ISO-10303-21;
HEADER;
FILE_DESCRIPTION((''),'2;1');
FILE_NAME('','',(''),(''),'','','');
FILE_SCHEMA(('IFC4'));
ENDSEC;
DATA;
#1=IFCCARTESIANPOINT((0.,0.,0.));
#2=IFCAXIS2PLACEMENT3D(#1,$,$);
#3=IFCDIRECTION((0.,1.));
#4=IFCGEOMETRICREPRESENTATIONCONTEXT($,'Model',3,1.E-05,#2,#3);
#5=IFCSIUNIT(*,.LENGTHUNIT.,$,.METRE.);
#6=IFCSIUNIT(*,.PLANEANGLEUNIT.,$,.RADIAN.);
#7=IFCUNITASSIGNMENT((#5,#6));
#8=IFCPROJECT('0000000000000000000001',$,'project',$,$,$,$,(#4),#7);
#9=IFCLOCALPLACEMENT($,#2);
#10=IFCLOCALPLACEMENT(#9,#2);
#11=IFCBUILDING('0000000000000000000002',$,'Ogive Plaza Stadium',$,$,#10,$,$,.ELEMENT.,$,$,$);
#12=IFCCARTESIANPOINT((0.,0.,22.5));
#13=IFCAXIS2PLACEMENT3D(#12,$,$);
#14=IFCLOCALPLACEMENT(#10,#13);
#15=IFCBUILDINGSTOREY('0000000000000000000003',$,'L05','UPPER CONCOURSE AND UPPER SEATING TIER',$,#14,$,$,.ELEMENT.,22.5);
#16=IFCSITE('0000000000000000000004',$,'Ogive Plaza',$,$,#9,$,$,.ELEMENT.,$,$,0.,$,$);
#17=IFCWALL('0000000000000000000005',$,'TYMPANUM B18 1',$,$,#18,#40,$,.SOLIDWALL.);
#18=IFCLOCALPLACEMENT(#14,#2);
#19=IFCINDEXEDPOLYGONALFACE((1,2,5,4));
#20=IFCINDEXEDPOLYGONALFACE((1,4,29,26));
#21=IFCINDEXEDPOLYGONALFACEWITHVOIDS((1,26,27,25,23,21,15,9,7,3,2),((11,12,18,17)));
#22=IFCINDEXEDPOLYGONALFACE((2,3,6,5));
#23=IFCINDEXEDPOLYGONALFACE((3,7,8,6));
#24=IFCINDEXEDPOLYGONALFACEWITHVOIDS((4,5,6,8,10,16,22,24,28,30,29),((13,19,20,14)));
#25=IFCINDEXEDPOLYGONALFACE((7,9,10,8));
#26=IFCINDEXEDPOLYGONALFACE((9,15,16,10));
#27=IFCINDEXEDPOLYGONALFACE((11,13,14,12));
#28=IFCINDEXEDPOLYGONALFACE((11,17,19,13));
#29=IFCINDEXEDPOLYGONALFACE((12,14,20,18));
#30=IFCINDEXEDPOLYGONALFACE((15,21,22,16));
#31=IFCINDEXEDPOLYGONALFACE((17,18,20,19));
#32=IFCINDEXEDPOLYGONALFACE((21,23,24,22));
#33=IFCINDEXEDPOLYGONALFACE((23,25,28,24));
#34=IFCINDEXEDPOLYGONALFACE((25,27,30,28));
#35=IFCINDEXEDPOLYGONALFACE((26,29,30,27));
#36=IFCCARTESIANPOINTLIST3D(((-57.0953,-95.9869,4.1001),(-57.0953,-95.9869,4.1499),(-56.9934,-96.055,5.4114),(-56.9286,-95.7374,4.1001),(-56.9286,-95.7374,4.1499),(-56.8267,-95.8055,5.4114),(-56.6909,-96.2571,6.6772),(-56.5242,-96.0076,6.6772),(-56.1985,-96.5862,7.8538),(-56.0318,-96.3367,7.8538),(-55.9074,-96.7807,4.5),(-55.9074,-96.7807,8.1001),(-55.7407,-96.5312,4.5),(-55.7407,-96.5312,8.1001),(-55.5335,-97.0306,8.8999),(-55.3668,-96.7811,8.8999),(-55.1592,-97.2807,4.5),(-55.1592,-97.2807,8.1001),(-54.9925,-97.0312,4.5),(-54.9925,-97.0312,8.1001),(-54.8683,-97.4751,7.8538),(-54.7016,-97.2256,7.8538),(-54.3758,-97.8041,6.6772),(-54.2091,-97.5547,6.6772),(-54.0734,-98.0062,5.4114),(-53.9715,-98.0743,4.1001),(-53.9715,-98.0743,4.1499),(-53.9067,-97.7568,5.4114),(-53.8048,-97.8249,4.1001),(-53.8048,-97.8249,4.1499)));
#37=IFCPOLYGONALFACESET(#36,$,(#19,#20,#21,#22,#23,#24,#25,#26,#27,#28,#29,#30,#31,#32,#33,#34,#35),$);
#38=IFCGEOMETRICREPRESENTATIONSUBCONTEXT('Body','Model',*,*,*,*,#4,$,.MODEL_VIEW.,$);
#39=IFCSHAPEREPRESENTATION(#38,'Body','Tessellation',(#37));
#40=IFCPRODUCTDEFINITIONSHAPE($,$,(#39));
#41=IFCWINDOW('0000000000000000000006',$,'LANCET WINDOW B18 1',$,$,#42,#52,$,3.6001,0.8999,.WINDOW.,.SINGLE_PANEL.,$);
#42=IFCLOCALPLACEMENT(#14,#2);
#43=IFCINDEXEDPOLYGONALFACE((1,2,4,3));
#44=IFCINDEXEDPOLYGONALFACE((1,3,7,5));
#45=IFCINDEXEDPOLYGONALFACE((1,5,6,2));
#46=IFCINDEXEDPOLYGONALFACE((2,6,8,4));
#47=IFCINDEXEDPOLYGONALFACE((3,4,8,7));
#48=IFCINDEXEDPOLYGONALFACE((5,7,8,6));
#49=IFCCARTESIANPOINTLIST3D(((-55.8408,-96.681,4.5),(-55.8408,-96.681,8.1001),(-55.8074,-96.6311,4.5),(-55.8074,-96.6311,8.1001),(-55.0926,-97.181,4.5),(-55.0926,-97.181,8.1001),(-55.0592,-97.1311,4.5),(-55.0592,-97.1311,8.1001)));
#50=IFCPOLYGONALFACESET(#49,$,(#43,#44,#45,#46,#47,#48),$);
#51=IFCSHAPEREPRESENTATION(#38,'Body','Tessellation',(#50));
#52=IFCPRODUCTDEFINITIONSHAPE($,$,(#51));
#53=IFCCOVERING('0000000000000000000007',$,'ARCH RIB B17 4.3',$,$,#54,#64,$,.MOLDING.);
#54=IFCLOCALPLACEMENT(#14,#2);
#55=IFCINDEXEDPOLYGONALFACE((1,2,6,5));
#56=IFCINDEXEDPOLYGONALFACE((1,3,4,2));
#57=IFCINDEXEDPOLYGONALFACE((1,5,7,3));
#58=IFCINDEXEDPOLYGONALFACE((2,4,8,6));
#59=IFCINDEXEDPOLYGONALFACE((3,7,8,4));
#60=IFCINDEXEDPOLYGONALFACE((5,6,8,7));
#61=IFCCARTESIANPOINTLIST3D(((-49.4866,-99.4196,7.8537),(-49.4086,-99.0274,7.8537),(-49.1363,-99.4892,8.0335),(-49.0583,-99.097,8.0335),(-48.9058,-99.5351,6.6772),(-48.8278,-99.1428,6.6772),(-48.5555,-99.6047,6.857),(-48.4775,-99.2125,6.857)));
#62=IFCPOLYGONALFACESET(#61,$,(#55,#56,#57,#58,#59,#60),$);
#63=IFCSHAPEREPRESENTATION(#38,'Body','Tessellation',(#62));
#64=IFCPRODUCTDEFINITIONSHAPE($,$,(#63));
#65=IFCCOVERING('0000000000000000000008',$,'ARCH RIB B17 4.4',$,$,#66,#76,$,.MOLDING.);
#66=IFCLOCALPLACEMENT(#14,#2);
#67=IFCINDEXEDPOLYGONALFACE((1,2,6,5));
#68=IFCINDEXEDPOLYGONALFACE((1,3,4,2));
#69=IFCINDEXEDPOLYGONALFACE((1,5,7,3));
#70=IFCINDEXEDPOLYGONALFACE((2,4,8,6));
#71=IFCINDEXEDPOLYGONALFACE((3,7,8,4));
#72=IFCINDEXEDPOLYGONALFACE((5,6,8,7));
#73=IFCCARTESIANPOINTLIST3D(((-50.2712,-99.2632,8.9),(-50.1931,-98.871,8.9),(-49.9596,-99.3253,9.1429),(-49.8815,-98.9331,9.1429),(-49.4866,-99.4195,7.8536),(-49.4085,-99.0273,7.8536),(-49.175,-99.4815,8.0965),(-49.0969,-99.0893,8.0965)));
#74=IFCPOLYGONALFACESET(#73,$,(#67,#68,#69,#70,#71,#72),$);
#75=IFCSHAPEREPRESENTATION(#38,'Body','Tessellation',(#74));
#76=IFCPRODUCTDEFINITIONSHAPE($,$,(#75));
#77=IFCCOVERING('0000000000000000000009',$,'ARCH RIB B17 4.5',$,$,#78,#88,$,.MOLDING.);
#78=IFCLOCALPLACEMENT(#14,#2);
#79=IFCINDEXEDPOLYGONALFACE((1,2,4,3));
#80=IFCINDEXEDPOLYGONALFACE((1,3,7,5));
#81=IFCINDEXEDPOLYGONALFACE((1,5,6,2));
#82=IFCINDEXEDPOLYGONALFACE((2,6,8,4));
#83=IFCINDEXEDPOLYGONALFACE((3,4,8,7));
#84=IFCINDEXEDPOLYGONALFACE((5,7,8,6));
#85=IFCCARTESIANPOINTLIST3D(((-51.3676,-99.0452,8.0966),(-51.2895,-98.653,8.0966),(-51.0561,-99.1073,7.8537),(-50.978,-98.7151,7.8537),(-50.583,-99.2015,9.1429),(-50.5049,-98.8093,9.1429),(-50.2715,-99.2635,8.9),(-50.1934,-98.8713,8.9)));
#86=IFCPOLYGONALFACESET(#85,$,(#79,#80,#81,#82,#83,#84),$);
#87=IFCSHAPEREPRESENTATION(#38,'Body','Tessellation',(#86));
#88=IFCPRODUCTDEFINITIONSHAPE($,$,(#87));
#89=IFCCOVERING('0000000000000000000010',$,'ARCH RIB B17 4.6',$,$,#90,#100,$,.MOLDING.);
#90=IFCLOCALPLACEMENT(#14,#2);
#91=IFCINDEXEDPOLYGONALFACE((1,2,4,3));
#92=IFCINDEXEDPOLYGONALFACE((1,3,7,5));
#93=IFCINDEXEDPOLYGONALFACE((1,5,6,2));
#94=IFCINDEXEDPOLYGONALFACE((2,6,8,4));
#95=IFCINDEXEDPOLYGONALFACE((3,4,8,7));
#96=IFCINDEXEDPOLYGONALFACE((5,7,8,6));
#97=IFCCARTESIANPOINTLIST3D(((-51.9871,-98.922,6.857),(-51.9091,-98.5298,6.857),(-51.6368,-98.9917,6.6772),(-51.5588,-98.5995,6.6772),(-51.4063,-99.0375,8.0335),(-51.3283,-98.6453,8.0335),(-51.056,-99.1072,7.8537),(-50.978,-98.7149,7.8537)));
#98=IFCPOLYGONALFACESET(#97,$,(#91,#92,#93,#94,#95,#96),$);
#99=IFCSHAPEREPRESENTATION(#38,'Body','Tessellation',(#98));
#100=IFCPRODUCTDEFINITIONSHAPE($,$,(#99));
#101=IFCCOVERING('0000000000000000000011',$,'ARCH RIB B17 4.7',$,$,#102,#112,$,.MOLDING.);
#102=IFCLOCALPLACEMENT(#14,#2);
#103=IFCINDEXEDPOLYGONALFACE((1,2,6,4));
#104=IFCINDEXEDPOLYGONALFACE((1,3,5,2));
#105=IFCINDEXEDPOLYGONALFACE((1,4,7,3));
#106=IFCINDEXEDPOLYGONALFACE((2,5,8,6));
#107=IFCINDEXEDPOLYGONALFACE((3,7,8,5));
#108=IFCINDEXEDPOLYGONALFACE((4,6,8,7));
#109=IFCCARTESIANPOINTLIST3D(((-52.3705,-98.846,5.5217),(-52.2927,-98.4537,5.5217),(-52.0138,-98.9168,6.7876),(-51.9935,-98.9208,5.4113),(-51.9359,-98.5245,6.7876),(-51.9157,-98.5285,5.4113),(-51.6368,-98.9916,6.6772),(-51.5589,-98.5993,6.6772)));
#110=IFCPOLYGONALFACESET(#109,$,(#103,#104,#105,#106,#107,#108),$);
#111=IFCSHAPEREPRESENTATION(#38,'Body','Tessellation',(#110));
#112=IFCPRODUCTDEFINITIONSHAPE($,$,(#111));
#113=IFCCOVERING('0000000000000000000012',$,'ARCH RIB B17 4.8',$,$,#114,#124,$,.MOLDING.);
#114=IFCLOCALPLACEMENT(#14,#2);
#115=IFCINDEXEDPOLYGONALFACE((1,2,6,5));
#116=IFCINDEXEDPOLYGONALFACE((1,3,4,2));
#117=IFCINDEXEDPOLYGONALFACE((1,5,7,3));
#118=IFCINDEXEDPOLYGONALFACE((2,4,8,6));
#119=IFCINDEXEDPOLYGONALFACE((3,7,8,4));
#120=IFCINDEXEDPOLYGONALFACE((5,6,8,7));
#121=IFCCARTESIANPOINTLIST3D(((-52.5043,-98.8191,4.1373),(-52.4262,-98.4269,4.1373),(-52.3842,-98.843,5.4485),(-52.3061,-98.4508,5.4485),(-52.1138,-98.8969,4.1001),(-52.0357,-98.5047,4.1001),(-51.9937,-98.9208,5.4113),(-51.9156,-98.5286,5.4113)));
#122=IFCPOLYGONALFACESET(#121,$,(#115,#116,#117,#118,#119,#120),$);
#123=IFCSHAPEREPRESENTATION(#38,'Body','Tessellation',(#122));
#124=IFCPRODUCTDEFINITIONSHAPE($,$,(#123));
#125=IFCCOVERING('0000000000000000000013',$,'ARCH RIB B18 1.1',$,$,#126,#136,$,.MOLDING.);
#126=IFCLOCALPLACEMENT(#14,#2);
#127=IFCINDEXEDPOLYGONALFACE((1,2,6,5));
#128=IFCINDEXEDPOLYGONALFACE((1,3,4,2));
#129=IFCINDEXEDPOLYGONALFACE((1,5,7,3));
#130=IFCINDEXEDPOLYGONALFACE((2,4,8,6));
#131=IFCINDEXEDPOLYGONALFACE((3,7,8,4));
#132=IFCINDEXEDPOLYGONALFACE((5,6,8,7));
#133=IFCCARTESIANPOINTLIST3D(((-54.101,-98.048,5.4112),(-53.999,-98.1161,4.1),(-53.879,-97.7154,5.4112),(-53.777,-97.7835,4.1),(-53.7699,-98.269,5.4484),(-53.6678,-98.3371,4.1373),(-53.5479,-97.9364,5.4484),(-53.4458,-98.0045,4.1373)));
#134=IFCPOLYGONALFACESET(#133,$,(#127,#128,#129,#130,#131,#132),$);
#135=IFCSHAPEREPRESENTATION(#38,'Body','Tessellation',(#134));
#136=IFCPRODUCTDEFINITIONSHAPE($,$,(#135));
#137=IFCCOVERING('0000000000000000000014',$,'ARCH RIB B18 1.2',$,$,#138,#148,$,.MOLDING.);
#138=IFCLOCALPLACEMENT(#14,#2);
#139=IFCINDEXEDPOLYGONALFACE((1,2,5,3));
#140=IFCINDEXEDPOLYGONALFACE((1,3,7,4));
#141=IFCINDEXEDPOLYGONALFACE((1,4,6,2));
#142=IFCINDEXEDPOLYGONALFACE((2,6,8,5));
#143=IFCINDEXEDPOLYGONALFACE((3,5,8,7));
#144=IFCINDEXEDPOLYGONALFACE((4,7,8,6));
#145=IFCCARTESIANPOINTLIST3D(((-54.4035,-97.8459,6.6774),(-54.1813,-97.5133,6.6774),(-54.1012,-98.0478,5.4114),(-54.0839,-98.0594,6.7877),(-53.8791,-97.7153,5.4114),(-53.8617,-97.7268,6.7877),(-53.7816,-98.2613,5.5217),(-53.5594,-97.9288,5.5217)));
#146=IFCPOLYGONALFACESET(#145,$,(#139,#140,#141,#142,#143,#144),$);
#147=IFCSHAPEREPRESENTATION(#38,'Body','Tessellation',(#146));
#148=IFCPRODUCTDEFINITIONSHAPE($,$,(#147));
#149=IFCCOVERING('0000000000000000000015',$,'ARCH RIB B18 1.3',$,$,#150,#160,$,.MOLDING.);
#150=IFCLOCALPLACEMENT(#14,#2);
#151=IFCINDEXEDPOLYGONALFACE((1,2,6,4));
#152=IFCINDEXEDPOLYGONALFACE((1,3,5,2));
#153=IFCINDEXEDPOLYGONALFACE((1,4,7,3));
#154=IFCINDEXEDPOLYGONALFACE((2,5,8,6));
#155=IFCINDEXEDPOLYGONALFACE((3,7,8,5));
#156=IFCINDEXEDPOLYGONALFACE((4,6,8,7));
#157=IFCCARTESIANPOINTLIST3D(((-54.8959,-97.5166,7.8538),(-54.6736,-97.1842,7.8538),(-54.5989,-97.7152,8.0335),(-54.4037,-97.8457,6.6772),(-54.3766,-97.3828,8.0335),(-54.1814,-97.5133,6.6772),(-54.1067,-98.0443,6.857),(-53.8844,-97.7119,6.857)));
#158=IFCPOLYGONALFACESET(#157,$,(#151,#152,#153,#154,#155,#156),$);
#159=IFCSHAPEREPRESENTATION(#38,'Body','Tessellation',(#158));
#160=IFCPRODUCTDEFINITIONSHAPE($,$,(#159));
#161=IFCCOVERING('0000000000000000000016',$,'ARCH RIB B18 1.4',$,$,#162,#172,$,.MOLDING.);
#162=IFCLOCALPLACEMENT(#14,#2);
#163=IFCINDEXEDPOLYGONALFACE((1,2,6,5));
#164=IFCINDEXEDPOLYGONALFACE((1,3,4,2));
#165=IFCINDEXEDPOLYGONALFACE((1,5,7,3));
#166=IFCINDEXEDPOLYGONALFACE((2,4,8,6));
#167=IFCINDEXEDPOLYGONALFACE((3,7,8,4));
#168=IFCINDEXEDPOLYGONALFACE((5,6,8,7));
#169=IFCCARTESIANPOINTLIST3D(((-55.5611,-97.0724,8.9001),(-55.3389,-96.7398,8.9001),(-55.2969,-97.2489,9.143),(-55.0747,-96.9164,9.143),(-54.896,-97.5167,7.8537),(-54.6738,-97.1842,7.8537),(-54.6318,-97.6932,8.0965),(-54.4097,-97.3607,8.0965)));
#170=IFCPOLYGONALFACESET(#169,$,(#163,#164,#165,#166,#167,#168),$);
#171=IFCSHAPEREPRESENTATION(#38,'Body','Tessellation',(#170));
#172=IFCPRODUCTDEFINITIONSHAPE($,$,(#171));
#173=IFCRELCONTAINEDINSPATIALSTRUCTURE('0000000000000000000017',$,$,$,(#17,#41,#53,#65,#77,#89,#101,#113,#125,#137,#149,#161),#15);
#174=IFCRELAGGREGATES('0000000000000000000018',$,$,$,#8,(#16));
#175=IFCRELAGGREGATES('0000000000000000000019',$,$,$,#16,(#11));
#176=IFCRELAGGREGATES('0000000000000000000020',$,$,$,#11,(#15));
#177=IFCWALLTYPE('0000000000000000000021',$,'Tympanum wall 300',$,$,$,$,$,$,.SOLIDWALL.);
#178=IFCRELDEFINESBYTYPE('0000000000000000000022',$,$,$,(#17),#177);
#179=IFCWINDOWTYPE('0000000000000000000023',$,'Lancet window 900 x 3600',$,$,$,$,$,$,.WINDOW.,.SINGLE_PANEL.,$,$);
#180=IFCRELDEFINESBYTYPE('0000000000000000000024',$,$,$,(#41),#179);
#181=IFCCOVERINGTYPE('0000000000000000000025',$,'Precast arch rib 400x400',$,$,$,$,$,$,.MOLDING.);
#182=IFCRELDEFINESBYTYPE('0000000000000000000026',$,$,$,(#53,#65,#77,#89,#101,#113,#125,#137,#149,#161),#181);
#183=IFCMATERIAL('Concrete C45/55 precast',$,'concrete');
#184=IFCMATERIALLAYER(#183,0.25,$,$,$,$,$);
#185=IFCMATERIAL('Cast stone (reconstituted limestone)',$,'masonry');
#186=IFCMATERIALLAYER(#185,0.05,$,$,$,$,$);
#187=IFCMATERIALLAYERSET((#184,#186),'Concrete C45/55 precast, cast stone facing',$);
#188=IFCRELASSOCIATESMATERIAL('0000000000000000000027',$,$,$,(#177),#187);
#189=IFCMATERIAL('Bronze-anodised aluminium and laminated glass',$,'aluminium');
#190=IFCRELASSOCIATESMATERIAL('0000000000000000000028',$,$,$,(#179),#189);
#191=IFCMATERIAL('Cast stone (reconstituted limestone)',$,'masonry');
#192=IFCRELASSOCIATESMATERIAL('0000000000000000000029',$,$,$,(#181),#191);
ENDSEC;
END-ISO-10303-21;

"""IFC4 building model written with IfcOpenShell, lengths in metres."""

from ifc_helpers import new_model, si_unit, direction, frame, frame_2d, origin, origin_2d, place, context, subcontext, project, spatial, polyline, rectangle, outline, extrude, material, layer, layer_set, material_profile, profile_set, type_object, element, fill, save


model = new_model("IFC4")

# Units and contexts
model_context = context("Model", 3, precision=1e-05, world=origin(), true_north=direction((0.0, 1.0)))
body_context = subcontext(model_context, "Body", "Model", "MODEL_VIEW")
ifc_project = project(units=[si_unit("LENGTHUNIT", "METRE"), si_unit("PLANEANGLEUNIT", "RADIAN")], contexts=[model_context])

# Site, building, storey
site_placement = place(None, origin())
site = spatial("IfcSite", under=ifc_project, at=site_placement, Name="Ogive Plaza", CompositionType="ELEMENT", RefElevation=0.0)
building_placement = place(site_placement, origin())
building = spatial("IfcBuilding", under=site, at=building_placement, Name="Ogive Plaza Stadium", CompositionType="ELEMENT")
storey_placement = place(building_placement, frame((0.0, 0.0, 22.5)))
storey = spatial("IfcBuildingStorey", under=building, at=storey_placement, Name="L05", Description="UPPER CONCOURSE AND UPPER SEATING TIER", CompositionType="ELEMENT", Elevation=22.5)

# Wall, opening, window
ifc_material_1 = material(Name="Concrete C45/55 precast", Category="concrete")
ifc_layer_1 = layer(ifc_material_1, 0.25)
ifc_material_2 = material(Name="Cast stone (reconstituted limestone)", Category="masonry")
ifc_layer_2 = layer(ifc_material_2, 0.05)
ifc_layer_set_1 = layer_set([ifc_layer_1, ifc_layer_2], Name="Concrete C45/55 precast, cast stone facing")
wall_type = type_object("IfcWallType", Name="Tympanum wall 300", PredefinedType="SOLIDWALL", material=ifc_layer_set_1)
wall_placement = place(storey_placement, frame((-53.8882, -97.9497, 4.1001), z_axis=(0.0, 0.0, 1.0), x_axis=(-0.83145, 0.5556, 0.0)))
wall = element("IfcWall", 1, at=wall_placement, inside=storey, type_object=wall_type, Name="TYMPANUM B18 1", PredefinedType="SOLIDWALL", context=body_context, shape_type="SweptSolid", body=[
    extrude(outline(polyline([(0.0, 0.0), (3.7571, 0.0), (3.7571, 0.0498), (3.6345, 1.3113), (3.2708, 2.5771), (2.6785, 3.7537), (1.8787, 4.7998), (1.0786, 3.7537), (0.4863, 2.5771), (0.1226, 1.3113), (0.0, 0.0498), (0.0, 0.0)])), frame((0.0, 0.1499, 0.0), z_axis=(0.0, -1.0, 0.0), x_axis=(1.0, 0.0, 0.0)), (0.0, 0.0, 1.0), 0.3),
])
opening_placement = place(wall_placement, frame((1.4285, 0.0, 0.3999)))
opening = element("IfcOpeningElement", 2, at=opening_placement, cuts=wall, PredefinedType="OPENING", context=body_context, shape_type="SweptSolid", body=[
    extrude(rectangle(XDim=0.8999, YDim=3.6001, at=frame_2d((0.45, 1.8))), frame((0.0, 0.1602, 0.0), z_axis=(0.0, -1.0, 0.0), x_axis=(1.0, 0.0, 0.0)), (0.0, 0.0, 1.0), 0.3201),
])
ifc_material_3 = material(Name="Bronze-anodised aluminium and laminated glass", Category="aluminium")
window_type = type_object("IfcWindowType", Name="Lancet window 900 x 3600", PartitioningType="SINGLE_PANEL", PredefinedType="WINDOW", material=ifc_material_3)
window_placement = place(opening_placement, origin())
window = element("IfcWindow", 3, at=window_placement, inside=storey, type_object=window_type, Name="LANCET WINDOW B18 1", OverallHeight=3.6001, OverallWidth=0.8999, PartitioningType="SINGLE_PANEL", PredefinedType="WINDOW", context=body_context, shape_type="SweptSolid", body=[
    extrude(rectangle(XDim=0.8999, YDim=3.6001, at=frame_2d((0.45, 1.8))), frame((0.0, 0.03, 0.0), z_axis=(0.0, -1.0, 0.0), x_axis=(1.0, 0.0, 0.0)), (0.0, 0.0, 1.0), 0.0601),
])
fill(opening, window)

# Coverings
ifc_material_4 = material(Name="Cast stone (reconstituted limestone)", Category="masonry")
ifc_material_profile_1 = material_profile(ifc_material_4, rectangle(XDim=0.3999, YDim=0.3999, at=origin_2d()), Name="Cast stone 400x400")
ifc_profile_set_1 = profile_set([ifc_material_profile_1], Name="Cast stone (reconstituted limestone)")
covering_type = type_object("IfcCoveringType", Name="Precast arch rib 400x400", PredefinedType="MOLDING", material=ifc_profile_set_1)
for number, where, z_axis, x_axis, name in (
    (4, (-48.6917, -99.3738, 6.7671), (-0.440963, 0.087674, 0.893233), (-0.195006, -0.980802, 0.0), "ARCH RIB B17 4.3"),
    (5, (-49.2917, -99.2544, 7.9751), (-0.595704, 0.118622, 0.794396), (-0.195295, -0.980745, 0.0), "ARCH RIB B17 4.4"),
    (6, (-50.3882, -99.0364, 9.0215), (-0.595704, 0.118622, -0.794396), (-0.195295, -0.980745, 0.0), "ARCH RIB B17 4.5"),
    (7, (-51.1921, -98.8762, 7.9436), (-0.440963, 0.087674, -0.893233), (-0.195006, -0.980802, 0.0), "ARCH RIB B17 4.6"),
    (8, (-51.7864, -98.7581, 6.7324), (-0.270821, 0.053756, -0.961128), (-0.194696, -0.980864, 0.0), "ARCH RIB B17 4.7"),
):
    element("IfcCovering", number, at=place(storey_placement, frame(where, z_axis=z_axis, x_axis=x_axis)), inside=storey, type_object=covering_type, Name=name, PredefinedType="MOLDING", context=body_context, shape_type="SweptSolid", body=[
        extrude(rectangle(XDim=0.3999, YDim=0.3999, at=origin_2d()), origin(), (0.0, 0.0, 1.0), 1.3171),
    ])
for number, where, z_axis, x_axis, name in (
    (9, (-52.1499, -98.6858, 5.4299), (-0.091206, 0.018167, -0.995666), (-0.195349, -0.980734, 0.0), "ARCH RIB B17 4.8"),
    (10, (-53.7224, -98.0603, 4.1187), (-0.077487, 0.05172, 0.995651), (-0.555159, -0.831744, 0.0), "ARCH RIB B18 1.1"),
):
    element("IfcCovering", number, at=place(storey_placement, frame(where, z_axis=z_axis, x_axis=x_axis)), inside=storey, type_object=covering_type, Name=name, PredefinedType="MOLDING", context=body_context, shape_type="SweptSolid", body=[
        extrude(rectangle(XDim=0.3999, YDim=0.3999, at=origin_2d()), origin(), (0.0, 0.0, 1.0), 1.3169),
    ])
for number, where, z_axis, x_axis, name in (
    (11, (-53.8303, -97.9883, 5.4666), (-0.229492, 0.153304, 0.961161), (-0.555475, -0.831533, 0.0), "ARCH RIB B18 1.2"),
    (12, (-54.144, -97.7788, 6.7671), (-0.373692, 0.249869, 0.893264), (-0.555842, -0.831288, 0.0), "ARCH RIB B18 1.3"),
    (13, (-54.6528, -97.4387, 7.9751), (-0.504944, 0.337371, 0.794489), (-0.555545, -0.831486, 0.0), "ARCH RIB B18 1.4"),
):
    element("IfcCovering", number, at=place(storey_placement, frame(where, z_axis=z_axis, x_axis=x_axis)), inside=storey, type_object=covering_type, Name=name, PredefinedType="MOLDING", context=body_context, shape_type="SweptSolid", body=[
        extrude(rectangle(XDim=0.3999, YDim=0.3999, at=origin_2d()), origin(), (0.0, 0.0, 1.0), 1.3171),
    ])

save(model, "model.ifc")
